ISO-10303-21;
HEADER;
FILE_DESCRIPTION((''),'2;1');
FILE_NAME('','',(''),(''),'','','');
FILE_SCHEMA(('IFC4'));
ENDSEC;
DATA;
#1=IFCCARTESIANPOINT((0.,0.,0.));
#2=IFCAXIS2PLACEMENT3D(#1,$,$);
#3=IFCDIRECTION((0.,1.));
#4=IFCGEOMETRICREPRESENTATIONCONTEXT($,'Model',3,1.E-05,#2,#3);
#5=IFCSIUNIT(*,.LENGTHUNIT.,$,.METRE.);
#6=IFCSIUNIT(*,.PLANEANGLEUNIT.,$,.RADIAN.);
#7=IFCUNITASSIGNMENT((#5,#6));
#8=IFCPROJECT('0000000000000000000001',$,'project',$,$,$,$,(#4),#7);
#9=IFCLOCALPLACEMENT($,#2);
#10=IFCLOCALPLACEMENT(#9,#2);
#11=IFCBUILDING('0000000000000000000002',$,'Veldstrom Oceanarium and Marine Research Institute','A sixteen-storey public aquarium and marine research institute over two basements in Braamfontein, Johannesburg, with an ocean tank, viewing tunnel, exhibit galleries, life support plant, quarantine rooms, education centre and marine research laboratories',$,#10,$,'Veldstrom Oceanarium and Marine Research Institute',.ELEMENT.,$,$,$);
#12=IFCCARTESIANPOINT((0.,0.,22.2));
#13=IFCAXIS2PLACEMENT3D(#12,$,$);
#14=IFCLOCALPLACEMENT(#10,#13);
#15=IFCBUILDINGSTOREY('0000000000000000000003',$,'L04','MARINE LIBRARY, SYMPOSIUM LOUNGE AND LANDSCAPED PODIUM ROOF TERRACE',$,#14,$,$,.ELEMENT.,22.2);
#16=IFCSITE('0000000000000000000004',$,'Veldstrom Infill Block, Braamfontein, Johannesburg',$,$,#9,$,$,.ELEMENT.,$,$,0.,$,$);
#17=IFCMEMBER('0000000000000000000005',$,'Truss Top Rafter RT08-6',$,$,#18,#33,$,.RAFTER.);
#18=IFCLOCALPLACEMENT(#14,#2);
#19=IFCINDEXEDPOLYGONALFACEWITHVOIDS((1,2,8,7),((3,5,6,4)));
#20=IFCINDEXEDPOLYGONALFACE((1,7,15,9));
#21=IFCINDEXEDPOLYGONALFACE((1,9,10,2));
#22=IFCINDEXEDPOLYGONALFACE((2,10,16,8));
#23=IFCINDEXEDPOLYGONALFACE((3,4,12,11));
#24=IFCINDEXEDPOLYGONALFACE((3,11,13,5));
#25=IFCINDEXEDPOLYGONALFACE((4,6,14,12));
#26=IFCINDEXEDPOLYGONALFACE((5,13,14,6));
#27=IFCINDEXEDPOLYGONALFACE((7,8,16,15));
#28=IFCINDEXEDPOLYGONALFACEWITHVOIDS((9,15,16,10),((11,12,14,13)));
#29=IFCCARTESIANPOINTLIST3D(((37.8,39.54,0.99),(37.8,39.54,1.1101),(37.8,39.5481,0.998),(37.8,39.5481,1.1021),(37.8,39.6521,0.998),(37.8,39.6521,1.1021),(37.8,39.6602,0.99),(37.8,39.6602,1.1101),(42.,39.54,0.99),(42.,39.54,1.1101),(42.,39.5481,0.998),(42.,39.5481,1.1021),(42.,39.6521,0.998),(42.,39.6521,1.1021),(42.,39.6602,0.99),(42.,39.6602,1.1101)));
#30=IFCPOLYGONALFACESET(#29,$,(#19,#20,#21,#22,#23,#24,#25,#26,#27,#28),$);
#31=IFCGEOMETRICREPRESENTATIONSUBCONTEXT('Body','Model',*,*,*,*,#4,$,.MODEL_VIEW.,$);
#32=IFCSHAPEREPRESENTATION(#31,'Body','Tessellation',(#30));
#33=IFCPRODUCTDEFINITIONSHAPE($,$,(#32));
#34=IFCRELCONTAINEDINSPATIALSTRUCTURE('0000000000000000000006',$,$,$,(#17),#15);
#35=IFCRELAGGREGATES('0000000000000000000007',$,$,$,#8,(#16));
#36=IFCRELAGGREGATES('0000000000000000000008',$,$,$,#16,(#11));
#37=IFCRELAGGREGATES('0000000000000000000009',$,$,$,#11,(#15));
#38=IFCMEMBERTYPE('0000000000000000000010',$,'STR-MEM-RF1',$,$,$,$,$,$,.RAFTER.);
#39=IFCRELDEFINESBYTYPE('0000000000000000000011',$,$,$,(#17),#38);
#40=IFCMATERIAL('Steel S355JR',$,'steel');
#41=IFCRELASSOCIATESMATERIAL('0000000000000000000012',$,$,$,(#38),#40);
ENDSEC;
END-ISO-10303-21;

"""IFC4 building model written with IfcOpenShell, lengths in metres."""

from ifc_helpers import new_model, si_unit, direction, frame, origin, origin_2d, place, context, subcontext, project, spatial, hollow_rectangle, extrude, material, material_profile, profile_set, type_object, element, save


model = new_model("IFC4")

# Units and contexts
model_context = context("Model", 3, precision=1e-05, world=origin(), true_north=direction((0.0, 1.0)))
body_context = subcontext(model_context, "Body", "Model", "MODEL_VIEW")
ifc_project = project(units=[si_unit("LENGTHUNIT", "METRE"), si_unit("PLANEANGLEUNIT", "RADIAN")], contexts=[model_context])

# Site, building, storey
site_placement = place(None, origin())
site = spatial("IfcSite", under=ifc_project, at=site_placement, Name="Veldstrom Infill Block, Braamfontein, Johannesburg", CompositionType="ELEMENT", RefElevation=0.0)
building_placement = place(site_placement, origin())
building = spatial("IfcBuilding", under=site, at=building_placement, Name="Veldstrom Oceanarium and Marine Research Institute", Description="A sixteen-storey public aquarium and marine research institute over two basements in Braamfontein, Johannesburg, with an ocean tank, viewing tunnel, exhibit galleries, life support plant, quarantine rooms, education centre and marine research laboratories", LongName="Veldstrom Oceanarium and Marine Research Institute", CompositionType="ELEMENT")
storey_placement = place(building_placement, frame((0.0, 0.0, 22.2)))
storey = spatial("IfcBuildingStorey", under=building, at=storey_placement, Name="L04", Description="MARINE LIBRARY, SYMPOSIUM LOUNGE AND LANDSCAPED PODIUM ROOF TERRACE", CompositionType="ELEMENT", Elevation=22.2)

# Member
ifc_material_1 = material(Name="Steel S355JR", Category="steel")
ifc_material_profile_1 = material_profile(ifc_material_1, hollow_rectangle(XDim=0.1201, YDim=0.1201, WallThickness=0.0081, at=origin_2d()), Name="SHS 120x120x8")
ifc_profile_set_1 = profile_set([ifc_material_profile_1], Name="Steel S355JR")
member_type_1 = type_object("IfcMemberType", Name="STR-MEM-RF1", PredefinedType="RAFTER", material=ifc_profile_set_1)
for number, where, z_axis, x_axis, name in (
    (1, (37.8, 39.6001, 1.05), (1.0, 0.0, 0.0), (0.0, 1.0, 0.0), "Truss Top Rafter RT08-6"),
):
    element("IfcMember", number, at=place(storey_placement, frame(where, z_axis=z_axis, x_axis=x_axis)), inside=storey, type_object=member_type_1, Name=name, PredefinedType="RAFTER", context=body_context, shape_type="SweptSolid", body=[
        extrude(hollow_rectangle(XDim=0.1201, YDim=0.1201, WallThickness=0.0081, at=origin_2d()), origin(), (0.0, 0.0, 1.0), 4.2),
    ])

save(model, "model.ifc")
